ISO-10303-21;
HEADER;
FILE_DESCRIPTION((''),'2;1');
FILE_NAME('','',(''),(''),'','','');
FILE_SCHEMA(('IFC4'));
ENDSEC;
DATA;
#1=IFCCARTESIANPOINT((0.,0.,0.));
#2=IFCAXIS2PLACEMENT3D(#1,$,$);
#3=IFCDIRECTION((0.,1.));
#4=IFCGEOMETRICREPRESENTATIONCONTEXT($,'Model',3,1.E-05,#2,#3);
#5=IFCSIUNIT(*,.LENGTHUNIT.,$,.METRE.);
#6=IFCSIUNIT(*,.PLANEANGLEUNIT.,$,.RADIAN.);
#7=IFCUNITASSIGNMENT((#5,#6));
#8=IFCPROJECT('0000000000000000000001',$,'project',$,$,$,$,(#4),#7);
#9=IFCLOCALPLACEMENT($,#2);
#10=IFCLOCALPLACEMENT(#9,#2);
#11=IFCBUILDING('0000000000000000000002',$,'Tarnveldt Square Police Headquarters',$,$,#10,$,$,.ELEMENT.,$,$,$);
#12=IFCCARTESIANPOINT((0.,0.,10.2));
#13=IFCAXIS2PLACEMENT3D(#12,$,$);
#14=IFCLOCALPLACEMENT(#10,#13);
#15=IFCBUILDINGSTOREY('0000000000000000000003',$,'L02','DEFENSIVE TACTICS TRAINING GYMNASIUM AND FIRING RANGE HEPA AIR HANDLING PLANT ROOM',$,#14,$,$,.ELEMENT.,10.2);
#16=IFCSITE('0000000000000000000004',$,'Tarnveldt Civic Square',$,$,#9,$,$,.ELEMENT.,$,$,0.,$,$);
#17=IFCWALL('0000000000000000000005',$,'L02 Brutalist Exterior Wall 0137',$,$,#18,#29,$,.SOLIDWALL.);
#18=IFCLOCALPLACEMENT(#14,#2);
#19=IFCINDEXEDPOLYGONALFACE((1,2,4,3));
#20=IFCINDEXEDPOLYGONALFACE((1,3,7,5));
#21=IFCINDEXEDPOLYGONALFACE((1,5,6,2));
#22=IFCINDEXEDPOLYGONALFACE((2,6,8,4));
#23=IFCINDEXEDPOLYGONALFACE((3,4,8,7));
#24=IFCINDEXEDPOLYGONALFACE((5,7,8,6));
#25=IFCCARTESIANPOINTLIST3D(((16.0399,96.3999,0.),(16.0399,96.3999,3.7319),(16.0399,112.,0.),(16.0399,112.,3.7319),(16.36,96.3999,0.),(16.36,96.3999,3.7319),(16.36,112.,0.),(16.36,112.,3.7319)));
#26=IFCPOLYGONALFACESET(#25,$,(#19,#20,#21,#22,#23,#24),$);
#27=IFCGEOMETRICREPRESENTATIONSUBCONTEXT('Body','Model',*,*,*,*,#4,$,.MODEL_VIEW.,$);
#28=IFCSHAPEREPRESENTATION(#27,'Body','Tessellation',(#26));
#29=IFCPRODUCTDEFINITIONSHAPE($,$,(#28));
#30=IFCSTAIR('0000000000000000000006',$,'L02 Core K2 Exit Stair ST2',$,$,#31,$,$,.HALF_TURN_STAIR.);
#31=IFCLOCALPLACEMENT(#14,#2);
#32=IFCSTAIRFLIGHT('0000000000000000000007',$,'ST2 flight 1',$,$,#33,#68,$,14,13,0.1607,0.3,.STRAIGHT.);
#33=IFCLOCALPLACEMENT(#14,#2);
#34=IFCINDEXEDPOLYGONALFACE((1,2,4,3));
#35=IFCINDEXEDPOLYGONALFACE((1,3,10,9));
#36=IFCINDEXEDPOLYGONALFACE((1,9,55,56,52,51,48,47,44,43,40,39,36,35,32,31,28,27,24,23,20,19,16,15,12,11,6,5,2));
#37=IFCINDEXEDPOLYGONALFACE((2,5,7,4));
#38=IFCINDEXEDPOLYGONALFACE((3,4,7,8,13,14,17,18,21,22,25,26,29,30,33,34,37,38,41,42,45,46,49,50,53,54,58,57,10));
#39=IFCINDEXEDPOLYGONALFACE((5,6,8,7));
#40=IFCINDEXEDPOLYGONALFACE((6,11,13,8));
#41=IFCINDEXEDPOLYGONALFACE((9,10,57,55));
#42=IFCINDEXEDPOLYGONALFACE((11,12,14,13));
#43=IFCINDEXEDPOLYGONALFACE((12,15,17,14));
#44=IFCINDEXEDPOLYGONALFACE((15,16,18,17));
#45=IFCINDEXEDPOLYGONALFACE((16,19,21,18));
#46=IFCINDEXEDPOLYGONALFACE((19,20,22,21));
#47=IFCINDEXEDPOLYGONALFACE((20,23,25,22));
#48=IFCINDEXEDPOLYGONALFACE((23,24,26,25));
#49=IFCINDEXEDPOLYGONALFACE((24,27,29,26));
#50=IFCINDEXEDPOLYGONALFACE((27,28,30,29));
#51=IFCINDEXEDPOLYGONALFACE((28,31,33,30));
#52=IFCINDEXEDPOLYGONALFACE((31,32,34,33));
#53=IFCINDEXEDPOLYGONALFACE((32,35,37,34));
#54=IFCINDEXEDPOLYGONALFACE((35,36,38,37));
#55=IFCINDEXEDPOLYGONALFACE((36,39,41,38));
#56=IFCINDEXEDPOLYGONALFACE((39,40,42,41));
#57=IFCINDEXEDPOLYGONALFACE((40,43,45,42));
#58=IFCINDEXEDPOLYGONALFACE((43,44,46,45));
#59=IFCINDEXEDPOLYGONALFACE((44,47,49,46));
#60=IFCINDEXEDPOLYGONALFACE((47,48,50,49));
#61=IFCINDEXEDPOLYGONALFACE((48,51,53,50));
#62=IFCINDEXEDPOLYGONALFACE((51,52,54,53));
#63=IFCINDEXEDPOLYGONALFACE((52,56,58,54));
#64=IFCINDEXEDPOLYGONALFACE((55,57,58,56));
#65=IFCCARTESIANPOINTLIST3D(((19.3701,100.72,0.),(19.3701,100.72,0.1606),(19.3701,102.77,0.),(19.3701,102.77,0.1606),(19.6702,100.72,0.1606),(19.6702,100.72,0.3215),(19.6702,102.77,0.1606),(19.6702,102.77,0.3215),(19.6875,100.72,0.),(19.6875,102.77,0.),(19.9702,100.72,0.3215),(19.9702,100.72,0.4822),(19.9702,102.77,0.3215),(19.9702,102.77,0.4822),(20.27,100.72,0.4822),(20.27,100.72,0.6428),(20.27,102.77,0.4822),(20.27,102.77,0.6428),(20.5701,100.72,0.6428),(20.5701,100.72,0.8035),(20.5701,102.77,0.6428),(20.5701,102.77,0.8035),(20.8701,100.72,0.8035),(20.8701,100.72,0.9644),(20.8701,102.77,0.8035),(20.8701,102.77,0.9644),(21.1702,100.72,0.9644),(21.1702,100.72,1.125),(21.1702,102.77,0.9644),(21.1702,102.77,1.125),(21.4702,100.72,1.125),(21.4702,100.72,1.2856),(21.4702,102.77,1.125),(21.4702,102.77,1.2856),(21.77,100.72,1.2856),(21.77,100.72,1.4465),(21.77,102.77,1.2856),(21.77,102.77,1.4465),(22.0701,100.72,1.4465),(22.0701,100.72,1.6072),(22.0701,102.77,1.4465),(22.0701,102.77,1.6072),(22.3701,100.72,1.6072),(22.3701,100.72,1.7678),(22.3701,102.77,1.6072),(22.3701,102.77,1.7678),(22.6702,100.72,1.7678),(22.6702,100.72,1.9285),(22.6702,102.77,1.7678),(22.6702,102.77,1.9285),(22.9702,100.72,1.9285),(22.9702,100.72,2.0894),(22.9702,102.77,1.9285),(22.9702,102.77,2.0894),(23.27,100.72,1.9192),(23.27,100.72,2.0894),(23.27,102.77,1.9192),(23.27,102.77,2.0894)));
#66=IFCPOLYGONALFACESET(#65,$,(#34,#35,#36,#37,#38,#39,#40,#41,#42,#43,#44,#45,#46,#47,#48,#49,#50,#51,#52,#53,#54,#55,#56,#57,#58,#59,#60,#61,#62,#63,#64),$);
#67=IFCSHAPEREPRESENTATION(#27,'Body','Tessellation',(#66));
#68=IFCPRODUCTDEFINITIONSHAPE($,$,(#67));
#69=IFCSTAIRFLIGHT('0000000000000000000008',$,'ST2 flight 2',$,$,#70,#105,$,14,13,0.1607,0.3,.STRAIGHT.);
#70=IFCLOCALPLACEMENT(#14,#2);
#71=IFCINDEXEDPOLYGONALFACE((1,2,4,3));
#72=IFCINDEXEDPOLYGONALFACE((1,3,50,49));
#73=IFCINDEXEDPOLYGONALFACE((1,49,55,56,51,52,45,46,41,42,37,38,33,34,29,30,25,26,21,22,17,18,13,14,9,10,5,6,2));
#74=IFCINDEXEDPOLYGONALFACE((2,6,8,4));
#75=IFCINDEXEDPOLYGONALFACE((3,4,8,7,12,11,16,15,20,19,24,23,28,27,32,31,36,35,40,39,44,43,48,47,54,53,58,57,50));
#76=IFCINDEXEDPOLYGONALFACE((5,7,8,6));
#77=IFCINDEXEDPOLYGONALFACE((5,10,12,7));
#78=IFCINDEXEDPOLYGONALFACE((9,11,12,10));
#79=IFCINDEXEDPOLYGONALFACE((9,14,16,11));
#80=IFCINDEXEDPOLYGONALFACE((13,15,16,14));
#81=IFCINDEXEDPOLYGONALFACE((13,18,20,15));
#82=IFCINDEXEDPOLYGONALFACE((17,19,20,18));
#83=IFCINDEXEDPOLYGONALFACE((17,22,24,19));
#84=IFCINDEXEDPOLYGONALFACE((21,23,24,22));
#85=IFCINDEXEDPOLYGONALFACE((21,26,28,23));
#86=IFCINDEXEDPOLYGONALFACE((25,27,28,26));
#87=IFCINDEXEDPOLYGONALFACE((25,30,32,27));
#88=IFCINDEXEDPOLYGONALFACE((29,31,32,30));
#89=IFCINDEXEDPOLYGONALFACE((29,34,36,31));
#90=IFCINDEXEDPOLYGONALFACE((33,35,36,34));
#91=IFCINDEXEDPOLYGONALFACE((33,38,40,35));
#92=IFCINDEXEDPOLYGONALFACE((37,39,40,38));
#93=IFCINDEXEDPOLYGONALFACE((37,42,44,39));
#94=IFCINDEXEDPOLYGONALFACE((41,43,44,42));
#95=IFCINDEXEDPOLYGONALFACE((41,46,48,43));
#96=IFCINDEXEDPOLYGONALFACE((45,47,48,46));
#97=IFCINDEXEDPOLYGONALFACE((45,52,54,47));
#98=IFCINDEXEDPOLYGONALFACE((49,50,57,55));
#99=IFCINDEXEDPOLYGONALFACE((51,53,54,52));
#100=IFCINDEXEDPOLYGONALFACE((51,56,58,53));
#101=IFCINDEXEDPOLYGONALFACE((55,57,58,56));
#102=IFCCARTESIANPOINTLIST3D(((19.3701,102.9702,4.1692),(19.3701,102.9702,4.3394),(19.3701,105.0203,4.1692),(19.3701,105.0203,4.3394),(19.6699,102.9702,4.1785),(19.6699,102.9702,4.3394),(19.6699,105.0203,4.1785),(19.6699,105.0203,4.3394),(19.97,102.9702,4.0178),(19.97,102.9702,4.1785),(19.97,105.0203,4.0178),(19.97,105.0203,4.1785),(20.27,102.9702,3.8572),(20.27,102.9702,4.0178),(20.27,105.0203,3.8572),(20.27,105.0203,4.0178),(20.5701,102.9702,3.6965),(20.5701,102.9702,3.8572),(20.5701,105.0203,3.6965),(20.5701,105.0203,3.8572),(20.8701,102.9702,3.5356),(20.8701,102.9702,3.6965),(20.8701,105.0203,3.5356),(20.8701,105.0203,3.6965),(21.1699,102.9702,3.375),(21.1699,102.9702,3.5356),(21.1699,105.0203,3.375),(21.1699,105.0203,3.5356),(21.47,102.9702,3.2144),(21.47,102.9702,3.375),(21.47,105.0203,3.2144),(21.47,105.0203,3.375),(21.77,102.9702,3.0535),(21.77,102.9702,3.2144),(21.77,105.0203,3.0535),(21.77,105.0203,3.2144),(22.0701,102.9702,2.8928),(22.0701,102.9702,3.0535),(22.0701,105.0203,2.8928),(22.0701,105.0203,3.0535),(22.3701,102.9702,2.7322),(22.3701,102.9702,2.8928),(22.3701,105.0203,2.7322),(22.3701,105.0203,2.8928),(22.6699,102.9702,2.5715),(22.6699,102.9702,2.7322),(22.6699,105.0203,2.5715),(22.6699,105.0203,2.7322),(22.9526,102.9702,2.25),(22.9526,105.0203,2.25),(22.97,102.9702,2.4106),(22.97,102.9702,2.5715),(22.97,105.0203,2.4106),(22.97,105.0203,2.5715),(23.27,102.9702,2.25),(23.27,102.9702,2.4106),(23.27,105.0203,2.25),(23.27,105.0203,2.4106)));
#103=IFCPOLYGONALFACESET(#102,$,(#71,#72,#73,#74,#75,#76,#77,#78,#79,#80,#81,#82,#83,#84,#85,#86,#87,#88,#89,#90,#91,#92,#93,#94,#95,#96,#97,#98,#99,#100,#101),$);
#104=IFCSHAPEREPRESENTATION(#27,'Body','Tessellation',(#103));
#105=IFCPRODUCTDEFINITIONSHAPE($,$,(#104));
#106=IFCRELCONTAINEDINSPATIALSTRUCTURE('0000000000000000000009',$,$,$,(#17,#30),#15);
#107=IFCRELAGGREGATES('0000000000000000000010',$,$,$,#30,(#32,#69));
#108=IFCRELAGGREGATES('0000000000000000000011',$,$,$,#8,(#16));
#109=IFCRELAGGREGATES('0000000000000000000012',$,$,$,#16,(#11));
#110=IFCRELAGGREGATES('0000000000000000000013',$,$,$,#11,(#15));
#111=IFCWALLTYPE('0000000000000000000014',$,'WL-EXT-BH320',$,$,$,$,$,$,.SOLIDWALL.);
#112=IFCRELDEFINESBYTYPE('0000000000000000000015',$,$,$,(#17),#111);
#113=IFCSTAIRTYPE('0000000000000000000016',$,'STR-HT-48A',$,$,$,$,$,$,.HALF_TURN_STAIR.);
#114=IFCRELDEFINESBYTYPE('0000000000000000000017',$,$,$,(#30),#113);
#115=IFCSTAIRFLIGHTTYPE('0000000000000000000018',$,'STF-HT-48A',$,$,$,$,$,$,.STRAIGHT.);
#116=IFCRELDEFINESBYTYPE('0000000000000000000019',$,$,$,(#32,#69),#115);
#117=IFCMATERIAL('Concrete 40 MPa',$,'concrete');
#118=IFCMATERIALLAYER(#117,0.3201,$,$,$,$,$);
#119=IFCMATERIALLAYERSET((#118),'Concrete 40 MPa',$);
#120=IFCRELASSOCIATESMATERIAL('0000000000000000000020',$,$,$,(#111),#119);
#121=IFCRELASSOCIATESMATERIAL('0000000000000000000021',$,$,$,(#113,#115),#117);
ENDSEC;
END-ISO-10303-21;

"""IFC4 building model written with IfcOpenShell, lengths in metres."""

from ifc_helpers import new_model, si_unit, direction, frame, frame_2d, origin, place, context, subcontext, project, spatial, polyline, rectangle, outline, extrude, material, layer, layer_set, type_object, element, aggregate, save


model = new_model("IFC4")

# Units and contexts
model_context = context("Model", 3, precision=1e-05, world=origin(), true_north=direction((0.0, 1.0)))
body_context = subcontext(model_context, "Body", "Model", "MODEL_VIEW")
ifc_project = project(units=[si_unit("LENGTHUNIT", "METRE"), si_unit("PLANEANGLEUNIT", "RADIAN")], contexts=[model_context])

# Site, building, storey
site_placement = place(None, origin())
site = spatial("IfcSite", under=ifc_project, at=site_placement, Name="Tarnveldt Civic Square", CompositionType="ELEMENT", RefElevation=0.0)
building_placement = place(site_placement, origin())
building = spatial("IfcBuilding", under=site, at=building_placement, Name="Tarnveldt Square Police Headquarters", CompositionType="ELEMENT")
storey_placement = place(building_placement, frame((0.0, 0.0, 10.2)))
storey = spatial("IfcBuildingStorey", under=building, at=storey_placement, Name="L02", Description="DEFENSIVE TACTICS TRAINING GYMNASIUM AND FIRING RANGE HEPA AIR HANDLING PLANT ROOM", CompositionType="ELEMENT", Elevation=10.2)

# Shared definitions
ifc_material_1 = material(Name="Concrete 40 MPa", Category="concrete")

# Wall
ifc_layer_1 = layer(ifc_material_1, 0.3201)
ifc_layer_set_1 = layer_set([ifc_layer_1], Name="Concrete 40 MPa")
wall_type_1 = type_object("IfcWallType", Name="WL-EXT-BH320", PredefinedType="SOLIDWALL", material=ifc_layer_set_1)
wall_1_placement = place(storey_placement, frame((16.2, 112.0, 0.0), z_axis=(0.0, 0.0, 1.0), x_axis=(0.0, -1.0, 0.0)))
element("IfcWall", 1, at=wall_1_placement, inside=storey, type_object=wall_type_1, Name="L02 Brutalist Exterior Wall 0137", PredefinedType="SOLIDWALL", context=body_context, shape_type="SweptSolid", body=[
    extrude(rectangle(XDim=15.6001, YDim=0.3201, at=frame_2d((7.8, 0.0))), origin(), (0.0, 0.0, 1.0), 3.7319),
])

# Stair, stair flights
stair_type = type_object("IfcStairType", Name="STR-HT-48A", PredefinedType="HALF_TURN_STAIR", material=ifc_material_1)
stair_placement = place(storey_placement, origin())
stair = element("IfcStair", 2, at=stair_placement, inside=storey, type_object=stair_type, Name="L02 Core K2 Exit Stair ST2", PredefinedType="HALF_TURN_STAIR")
stair_flight_type = type_object("IfcStairFlightType", Name="STF-HT-48A", PredefinedType="STRAIGHT", material=ifc_material_1)
stair_flight_1_placement = place(storey_placement, frame((19.3701, 101.7451, 0.0), z_axis=(0.0, 0.0, 1.0), x_axis=(1.0, 0.0, 0.0)))
stair_flight_1 = element("IfcStairFlight", 3, at=stair_flight_1_placement, type_object=stair_flight_type, Name="ST2 flight 1", NumberOfRisers=14, NumberOfTreads=13, PredefinedType="STRAIGHT", RiserHeight=0.1607, TreadLength=0.3, context=body_context, shape_type="SweptSolid", body=[
    extrude(outline(polyline([(0.0, 0.0), (0.0, 0.1606), (0.3, 0.1606), (0.3, 0.3215), (0.6001, 0.3215), (0.6001, 0.4822), (0.8999, 0.4822), (0.8999, 0.6428), (1.2, 0.6428), (1.2, 0.8035), (1.5, 0.8035), (1.5, 0.9644), (1.8, 0.9644), (1.8, 1.125), (2.1001, 1.125), (2.1001, 1.2856), (2.3999, 1.2856), (2.3999, 1.4465), (2.7, 1.4465), (2.7, 1.6072), (3.0, 1.6072), (3.0, 1.7678), (3.3, 1.7678), (3.3, 1.9285), (3.6001, 1.9285), (3.6001, 2.0894), (3.8999, 2.0894), (3.8999, 2.25), (3.8999, 1.9192), (0.3174, 0.0), (0.0, 0.0)])), frame((0.0, 1.0249, 0.0), z_axis=(0.0, -1.0, 0.0), x_axis=(1.0, 0.0, 0.0)), (0.0, 0.0, 1.0), 2.05),
])
stair_flight_2_placement = place(storey_placement, frame((23.27, 103.9951, 2.25), z_axis=(0.0, 0.0, 1.0), x_axis=(-1.0, 0.0, 0.0)))
stair_flight_2 = element("IfcStairFlight", 4, at=stair_flight_2_placement, type_object=stair_flight_type, Name="ST2 flight 2", NumberOfRisers=14, NumberOfTreads=13, PredefinedType="STRAIGHT", RiserHeight=0.1607, TreadLength=0.3, context=body_context, shape_type="SweptSolid", body=[
    extrude(outline(polyline([(0.0, 0.0), (0.0, 0.1606), (0.3, 0.1606), (0.3, 0.3215), (0.6001, 0.3215), (0.6001, 0.4822), (0.8999, 0.4822), (0.8999, 0.6428), (1.2, 0.6428), (1.2, 0.8035), (1.5, 0.8035), (1.5, 0.9644), (1.8, 0.9644), (1.8, 1.125), (2.1001, 1.125), (2.1001, 1.2856), (2.3999, 1.2856), (2.3999, 1.4465), (2.7, 1.4465), (2.7, 1.6072), (3.0, 1.6072), (3.0, 1.7678), (3.3, 1.7678), (3.3, 1.9285), (3.6001, 1.9285), (3.6001, 2.0894), (3.8999, 2.0894), (3.8999, 2.25), (3.8999, 1.9192), (0.3174, 0.0), (0.0, 0.0)])), frame((0.0, 1.0249, 0.0), z_axis=(0.0, -1.0, 0.0), x_axis=(1.0, 0.0, 0.0)), (0.0, 0.0, 1.0), 2.05),
])
aggregate(stair, [stair_flight_1, stair_flight_2])

save(model, "model.ifc")
